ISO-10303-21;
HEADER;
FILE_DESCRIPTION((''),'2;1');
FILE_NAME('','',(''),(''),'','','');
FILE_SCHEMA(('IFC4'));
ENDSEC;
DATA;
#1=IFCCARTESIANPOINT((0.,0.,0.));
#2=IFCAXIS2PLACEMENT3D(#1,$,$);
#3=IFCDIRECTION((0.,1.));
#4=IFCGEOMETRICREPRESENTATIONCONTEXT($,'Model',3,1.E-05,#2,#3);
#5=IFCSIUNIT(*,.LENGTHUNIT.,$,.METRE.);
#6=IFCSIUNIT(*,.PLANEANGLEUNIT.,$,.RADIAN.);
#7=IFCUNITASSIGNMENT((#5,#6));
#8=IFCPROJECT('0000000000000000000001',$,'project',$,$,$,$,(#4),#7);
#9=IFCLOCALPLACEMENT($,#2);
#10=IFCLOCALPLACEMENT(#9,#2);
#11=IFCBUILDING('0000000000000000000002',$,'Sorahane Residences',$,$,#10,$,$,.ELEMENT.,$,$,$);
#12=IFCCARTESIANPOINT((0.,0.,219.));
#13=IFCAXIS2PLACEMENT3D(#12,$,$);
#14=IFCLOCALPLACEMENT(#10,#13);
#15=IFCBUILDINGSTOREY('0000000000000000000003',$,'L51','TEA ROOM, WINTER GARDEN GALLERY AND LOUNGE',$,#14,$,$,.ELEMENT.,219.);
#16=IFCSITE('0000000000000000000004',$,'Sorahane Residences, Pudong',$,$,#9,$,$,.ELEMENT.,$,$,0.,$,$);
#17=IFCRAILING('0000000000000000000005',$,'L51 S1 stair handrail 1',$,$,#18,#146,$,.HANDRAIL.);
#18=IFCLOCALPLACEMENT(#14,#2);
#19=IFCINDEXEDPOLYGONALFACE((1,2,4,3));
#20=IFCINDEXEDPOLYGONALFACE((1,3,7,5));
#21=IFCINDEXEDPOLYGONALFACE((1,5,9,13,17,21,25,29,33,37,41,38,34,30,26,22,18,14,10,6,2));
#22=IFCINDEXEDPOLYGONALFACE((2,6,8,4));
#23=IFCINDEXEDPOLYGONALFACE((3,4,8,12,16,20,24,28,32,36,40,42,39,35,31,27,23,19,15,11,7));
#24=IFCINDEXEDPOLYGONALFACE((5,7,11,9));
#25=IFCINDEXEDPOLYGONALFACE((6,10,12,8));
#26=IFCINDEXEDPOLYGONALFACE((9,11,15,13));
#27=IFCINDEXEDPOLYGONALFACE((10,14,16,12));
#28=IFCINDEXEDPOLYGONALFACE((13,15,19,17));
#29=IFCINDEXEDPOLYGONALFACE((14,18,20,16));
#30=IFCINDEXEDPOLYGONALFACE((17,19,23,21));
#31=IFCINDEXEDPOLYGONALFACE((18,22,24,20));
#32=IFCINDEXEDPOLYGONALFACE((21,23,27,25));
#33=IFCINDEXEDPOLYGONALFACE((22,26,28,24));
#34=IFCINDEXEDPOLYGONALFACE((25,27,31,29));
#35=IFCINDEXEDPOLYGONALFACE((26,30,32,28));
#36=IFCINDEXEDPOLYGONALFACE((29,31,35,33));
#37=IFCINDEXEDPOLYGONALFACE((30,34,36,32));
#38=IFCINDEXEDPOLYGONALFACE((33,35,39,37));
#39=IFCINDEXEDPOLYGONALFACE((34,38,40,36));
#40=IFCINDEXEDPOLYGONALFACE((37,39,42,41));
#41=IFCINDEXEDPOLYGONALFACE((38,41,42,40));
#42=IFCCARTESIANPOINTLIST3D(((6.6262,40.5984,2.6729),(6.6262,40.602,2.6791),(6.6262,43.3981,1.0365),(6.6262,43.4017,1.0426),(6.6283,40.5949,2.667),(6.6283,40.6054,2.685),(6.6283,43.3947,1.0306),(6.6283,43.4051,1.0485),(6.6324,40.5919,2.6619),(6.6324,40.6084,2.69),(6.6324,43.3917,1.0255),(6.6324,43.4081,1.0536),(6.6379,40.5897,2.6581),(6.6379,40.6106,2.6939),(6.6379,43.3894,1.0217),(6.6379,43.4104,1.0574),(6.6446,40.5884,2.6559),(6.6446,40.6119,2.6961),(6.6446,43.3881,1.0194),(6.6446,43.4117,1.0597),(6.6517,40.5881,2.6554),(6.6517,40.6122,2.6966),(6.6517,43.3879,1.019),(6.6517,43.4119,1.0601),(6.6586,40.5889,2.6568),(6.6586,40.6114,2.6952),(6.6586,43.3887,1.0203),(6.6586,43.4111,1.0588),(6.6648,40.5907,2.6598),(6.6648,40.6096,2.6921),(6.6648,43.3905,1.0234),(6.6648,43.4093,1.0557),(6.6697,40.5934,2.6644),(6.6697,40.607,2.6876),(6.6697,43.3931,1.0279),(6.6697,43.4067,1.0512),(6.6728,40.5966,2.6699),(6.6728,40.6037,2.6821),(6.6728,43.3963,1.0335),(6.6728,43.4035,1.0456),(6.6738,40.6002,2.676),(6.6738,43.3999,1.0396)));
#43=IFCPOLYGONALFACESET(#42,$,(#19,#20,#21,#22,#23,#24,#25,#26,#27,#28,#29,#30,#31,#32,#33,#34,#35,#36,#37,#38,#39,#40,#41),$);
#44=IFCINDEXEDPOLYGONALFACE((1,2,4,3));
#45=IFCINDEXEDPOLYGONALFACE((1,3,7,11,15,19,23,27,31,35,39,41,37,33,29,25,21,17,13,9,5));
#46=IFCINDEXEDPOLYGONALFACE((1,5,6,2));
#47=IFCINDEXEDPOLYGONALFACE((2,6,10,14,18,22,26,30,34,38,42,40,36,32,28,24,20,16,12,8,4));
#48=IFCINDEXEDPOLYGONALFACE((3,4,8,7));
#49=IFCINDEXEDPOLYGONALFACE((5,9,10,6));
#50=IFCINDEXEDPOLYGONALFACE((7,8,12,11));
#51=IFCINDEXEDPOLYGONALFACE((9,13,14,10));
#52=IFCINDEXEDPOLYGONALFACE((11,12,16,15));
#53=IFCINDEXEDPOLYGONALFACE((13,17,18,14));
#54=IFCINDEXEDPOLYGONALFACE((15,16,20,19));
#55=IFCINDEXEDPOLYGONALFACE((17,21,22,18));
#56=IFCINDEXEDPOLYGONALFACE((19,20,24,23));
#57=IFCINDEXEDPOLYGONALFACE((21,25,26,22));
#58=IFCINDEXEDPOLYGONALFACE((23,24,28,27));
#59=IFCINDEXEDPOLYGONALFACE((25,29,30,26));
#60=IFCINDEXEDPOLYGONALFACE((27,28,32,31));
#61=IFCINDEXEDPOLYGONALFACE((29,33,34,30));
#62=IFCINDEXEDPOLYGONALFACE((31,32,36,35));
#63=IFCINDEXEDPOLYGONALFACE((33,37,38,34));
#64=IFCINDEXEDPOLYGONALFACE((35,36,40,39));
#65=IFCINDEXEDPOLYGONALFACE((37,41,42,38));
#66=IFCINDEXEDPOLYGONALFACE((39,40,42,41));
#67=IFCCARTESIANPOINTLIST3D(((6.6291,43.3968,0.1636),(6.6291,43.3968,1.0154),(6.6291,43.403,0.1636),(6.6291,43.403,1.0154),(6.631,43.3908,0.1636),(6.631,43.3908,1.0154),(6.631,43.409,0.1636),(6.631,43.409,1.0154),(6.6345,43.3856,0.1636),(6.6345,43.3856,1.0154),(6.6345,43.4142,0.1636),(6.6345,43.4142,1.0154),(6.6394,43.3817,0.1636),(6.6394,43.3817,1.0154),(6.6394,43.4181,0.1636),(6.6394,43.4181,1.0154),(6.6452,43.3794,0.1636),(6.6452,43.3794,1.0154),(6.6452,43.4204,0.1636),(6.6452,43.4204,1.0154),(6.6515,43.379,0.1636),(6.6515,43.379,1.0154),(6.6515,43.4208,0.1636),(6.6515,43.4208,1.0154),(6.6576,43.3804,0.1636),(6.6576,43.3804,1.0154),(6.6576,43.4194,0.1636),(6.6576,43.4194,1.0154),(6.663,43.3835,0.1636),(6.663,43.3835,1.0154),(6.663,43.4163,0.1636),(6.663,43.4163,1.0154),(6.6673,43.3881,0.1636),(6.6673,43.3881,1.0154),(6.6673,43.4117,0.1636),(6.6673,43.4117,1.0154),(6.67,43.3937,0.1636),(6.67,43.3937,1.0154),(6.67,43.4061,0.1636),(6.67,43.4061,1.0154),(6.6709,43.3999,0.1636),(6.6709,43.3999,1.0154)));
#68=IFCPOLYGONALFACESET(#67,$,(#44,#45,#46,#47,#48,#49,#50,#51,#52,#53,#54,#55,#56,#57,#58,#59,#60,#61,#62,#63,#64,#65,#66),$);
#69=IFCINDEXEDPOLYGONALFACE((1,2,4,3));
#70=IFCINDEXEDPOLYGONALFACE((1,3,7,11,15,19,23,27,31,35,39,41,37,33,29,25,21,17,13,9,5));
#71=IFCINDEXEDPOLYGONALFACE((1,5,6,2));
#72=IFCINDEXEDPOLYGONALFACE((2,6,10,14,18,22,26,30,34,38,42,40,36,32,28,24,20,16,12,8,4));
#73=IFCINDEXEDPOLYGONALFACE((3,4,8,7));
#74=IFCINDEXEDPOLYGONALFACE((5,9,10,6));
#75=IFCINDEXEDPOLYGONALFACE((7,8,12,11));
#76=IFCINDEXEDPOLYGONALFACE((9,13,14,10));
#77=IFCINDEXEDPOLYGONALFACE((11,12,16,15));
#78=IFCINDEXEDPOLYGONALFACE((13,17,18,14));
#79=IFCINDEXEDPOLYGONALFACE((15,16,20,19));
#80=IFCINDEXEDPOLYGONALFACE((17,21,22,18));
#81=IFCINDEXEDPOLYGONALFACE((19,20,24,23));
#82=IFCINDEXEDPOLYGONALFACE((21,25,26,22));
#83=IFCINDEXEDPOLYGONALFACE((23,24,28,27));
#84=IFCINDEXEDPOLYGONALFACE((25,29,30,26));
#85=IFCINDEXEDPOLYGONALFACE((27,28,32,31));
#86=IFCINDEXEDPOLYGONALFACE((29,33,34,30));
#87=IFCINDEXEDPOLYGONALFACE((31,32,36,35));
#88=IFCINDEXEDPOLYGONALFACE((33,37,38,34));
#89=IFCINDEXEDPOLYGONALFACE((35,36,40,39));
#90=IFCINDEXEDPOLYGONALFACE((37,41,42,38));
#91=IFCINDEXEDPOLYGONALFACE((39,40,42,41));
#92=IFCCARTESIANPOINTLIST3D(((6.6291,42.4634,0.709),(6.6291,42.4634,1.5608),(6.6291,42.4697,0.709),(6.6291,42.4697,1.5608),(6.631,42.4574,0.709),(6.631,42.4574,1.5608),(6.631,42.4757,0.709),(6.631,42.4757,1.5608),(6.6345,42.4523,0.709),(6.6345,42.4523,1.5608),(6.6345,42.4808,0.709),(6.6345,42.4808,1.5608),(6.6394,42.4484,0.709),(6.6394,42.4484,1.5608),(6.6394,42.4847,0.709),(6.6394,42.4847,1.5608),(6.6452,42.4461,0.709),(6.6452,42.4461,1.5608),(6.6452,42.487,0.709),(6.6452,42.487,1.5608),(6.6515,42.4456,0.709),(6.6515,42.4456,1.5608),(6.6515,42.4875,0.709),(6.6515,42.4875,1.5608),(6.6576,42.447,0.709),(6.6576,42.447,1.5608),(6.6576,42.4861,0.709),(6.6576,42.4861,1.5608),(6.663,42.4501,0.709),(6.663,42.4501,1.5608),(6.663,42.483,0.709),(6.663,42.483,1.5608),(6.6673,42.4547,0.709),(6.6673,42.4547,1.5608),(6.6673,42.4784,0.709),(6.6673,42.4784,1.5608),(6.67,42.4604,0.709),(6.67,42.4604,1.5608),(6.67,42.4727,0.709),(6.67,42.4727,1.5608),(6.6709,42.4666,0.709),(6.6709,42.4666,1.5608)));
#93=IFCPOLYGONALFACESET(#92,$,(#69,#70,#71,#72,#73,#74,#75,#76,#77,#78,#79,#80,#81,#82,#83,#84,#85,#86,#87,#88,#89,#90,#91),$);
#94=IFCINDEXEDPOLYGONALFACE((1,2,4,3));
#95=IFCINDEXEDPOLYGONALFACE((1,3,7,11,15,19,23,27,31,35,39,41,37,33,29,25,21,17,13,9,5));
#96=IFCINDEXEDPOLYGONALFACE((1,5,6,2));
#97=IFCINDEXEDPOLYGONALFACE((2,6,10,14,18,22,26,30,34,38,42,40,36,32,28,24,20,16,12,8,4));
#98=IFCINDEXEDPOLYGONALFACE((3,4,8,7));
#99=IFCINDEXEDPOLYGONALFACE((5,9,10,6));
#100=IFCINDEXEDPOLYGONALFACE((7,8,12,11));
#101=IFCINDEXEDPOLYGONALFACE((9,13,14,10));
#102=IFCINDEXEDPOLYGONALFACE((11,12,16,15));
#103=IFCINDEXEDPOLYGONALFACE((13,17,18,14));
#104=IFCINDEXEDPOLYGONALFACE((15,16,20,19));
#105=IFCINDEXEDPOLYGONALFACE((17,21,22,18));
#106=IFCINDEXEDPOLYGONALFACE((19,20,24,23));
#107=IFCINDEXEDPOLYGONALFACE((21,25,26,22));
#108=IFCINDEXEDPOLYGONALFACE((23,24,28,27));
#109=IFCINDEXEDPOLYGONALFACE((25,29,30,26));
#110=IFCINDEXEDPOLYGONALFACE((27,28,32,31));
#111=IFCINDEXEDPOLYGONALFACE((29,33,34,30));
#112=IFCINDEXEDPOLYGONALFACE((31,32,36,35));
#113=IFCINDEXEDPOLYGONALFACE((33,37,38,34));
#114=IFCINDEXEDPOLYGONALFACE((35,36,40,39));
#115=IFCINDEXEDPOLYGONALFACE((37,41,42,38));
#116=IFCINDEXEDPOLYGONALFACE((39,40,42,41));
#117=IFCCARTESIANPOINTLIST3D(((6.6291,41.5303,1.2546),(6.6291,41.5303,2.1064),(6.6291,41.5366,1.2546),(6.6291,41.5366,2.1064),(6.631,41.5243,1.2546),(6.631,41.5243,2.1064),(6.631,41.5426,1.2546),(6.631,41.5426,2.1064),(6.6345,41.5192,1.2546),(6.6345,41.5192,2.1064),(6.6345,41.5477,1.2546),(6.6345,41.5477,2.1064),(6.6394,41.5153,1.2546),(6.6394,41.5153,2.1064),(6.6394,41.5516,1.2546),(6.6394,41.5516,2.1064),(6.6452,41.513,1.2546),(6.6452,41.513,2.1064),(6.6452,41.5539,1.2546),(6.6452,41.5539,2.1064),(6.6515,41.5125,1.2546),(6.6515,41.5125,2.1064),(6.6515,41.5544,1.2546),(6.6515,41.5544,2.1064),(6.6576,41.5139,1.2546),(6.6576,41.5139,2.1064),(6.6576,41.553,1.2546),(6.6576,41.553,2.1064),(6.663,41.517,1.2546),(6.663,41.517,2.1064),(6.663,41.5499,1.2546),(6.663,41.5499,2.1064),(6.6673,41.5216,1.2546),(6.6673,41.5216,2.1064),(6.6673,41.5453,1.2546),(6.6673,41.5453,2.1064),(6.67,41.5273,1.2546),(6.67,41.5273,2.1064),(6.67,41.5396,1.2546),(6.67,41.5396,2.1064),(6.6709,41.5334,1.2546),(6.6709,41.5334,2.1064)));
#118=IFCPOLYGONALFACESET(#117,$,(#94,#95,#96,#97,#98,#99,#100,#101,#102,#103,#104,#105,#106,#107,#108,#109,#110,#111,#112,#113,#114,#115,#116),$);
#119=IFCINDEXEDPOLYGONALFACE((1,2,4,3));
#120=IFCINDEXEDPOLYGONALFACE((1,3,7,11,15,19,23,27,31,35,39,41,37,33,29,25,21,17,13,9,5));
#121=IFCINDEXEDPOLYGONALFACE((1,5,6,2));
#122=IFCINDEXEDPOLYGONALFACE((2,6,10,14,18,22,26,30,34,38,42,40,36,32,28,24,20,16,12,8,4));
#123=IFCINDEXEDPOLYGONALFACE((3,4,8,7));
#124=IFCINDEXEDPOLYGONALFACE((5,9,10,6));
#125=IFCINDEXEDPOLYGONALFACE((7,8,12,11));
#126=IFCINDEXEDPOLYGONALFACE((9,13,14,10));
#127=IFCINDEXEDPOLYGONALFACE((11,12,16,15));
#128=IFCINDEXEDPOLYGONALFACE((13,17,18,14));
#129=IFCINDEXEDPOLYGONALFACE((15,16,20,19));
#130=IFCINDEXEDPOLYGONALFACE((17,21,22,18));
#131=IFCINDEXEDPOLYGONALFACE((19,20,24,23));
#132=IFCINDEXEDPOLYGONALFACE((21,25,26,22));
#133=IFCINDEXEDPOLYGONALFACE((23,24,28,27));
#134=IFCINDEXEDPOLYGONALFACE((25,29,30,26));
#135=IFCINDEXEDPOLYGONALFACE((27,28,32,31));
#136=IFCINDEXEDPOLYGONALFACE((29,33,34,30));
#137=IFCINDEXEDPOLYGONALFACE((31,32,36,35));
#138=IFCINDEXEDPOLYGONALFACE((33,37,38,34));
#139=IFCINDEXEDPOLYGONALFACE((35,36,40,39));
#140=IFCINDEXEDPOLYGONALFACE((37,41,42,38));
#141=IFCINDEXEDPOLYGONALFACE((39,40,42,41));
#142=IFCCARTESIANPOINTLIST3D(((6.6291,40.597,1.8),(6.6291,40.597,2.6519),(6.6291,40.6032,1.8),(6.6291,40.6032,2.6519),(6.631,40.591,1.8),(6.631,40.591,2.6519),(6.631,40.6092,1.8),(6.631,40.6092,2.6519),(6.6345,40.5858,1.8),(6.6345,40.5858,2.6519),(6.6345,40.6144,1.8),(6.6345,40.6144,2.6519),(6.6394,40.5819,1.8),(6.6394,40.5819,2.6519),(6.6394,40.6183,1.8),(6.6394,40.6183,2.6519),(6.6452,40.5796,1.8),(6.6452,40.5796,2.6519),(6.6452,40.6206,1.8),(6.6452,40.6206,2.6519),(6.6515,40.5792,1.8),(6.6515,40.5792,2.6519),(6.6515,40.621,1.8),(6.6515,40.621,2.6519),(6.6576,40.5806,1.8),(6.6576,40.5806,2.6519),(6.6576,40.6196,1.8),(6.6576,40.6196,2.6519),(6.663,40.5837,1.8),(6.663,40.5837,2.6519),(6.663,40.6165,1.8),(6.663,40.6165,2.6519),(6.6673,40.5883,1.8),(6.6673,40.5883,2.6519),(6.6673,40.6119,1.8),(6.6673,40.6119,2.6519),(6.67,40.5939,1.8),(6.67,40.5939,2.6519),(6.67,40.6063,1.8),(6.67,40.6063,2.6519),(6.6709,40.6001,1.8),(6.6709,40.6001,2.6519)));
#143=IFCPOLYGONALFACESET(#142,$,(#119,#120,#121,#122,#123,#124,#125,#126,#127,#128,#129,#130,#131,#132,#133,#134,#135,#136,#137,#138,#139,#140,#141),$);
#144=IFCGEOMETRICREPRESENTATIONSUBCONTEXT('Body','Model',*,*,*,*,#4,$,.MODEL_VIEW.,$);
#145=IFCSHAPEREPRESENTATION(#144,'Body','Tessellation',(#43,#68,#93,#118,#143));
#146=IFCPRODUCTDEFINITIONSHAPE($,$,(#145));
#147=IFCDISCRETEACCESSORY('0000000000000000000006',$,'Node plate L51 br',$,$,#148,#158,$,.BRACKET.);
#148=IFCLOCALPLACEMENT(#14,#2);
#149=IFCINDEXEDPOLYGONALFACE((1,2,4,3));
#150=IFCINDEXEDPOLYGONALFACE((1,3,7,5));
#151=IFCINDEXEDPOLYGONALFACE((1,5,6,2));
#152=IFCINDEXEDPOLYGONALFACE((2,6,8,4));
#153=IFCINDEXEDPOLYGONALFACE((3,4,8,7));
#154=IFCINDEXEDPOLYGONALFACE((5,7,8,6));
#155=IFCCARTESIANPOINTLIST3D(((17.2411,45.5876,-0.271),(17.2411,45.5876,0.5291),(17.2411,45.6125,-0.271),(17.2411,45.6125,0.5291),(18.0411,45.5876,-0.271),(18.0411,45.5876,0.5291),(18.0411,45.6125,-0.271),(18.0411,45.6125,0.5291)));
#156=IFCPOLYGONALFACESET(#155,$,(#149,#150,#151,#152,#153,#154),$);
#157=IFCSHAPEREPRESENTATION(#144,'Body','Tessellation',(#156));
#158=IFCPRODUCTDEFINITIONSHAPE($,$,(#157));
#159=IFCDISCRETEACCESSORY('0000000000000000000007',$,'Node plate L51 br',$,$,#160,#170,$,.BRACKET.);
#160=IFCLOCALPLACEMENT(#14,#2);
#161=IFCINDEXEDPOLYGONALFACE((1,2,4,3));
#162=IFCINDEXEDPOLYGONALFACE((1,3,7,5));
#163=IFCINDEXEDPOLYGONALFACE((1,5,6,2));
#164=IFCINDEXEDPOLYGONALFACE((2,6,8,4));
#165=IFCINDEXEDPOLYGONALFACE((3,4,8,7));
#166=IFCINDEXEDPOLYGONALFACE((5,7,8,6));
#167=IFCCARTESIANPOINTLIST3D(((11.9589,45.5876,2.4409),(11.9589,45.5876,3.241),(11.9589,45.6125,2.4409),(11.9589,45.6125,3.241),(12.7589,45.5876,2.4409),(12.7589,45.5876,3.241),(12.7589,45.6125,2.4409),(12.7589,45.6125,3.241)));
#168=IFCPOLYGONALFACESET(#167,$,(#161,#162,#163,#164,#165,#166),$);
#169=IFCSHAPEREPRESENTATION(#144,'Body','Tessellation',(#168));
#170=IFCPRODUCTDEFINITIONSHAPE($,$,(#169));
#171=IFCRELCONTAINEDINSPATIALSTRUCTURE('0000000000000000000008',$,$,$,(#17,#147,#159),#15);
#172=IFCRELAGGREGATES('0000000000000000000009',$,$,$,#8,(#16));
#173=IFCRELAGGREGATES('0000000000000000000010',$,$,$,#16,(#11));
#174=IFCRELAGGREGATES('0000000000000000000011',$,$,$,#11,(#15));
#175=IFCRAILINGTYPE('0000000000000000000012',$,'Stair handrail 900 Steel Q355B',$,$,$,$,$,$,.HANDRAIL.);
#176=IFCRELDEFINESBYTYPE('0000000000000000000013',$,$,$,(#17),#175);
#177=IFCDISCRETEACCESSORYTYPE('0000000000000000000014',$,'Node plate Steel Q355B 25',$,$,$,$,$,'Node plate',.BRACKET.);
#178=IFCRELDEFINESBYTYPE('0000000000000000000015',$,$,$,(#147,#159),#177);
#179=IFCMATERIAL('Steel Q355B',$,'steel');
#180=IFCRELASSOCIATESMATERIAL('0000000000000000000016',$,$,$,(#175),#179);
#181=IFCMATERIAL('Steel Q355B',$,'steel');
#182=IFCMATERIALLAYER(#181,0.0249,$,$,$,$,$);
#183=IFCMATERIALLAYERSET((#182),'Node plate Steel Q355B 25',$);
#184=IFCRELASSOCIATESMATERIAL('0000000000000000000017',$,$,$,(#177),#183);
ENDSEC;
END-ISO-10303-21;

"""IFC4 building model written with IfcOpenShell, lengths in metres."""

from ifc_helpers import new_model, si_unit, direction, frame, origin, origin_2d, place, context, subcontext, project, spatial, rectangle, circle, extrude, material, layer, layer_set, type_object, element, save


model = new_model("IFC4")

# Units and contexts
model_context = context("Model", 3, precision=1e-05, world=origin(), true_north=direction((0.0, 1.0)))
body_context = subcontext(model_context, "Body", "Model", "MODEL_VIEW")
ifc_project = project(units=[si_unit("LENGTHUNIT", "METRE"), si_unit("PLANEANGLEUNIT", "RADIAN")], contexts=[model_context])

# Site, building, storey
site_placement = place(None, origin())
site = spatial("IfcSite", under=ifc_project, at=site_placement, Name="Sorahane Residences, Pudong", CompositionType="ELEMENT", RefElevation=0.0)
building_placement = place(site_placement, origin())
building = spatial("IfcBuilding", under=site, at=building_placement, Name="Sorahane Residences", CompositionType="ELEMENT")
storey_placement = place(building_placement, frame((0.0, 0.0, 219.0)))
storey = spatial("IfcBuildingStorey", under=building, at=storey_placement, Name="L51", Description="TEA ROOM, WINTER GARDEN GALLERY AND LOUNGE", CompositionType="ELEMENT", Elevation=219.0)

# Railing
ifc_material_1 = material(Name="Steel Q355B", Category="steel")
railing_type_1 = type_object("IfcRailingType", Name="Stair handrail 900 Steel Q355B", PredefinedType="HANDRAIL", material=ifc_material_1)
railing_1_placement = place(storey_placement, frame((6.6499, 43.3999, 0.1636)))
element("IfcRailing", 1, at=railing_1_placement, inside=storey, type_object=railing_type_1, Name="L51 S1 stair handrail 1", PredefinedType="HANDRAIL", context=body_context, shape_type="SweptSolid", body=[
    extrude(circle(Radius=0.0239, at=origin_2d()), frame((0.0, 0.0, 0.876), z_axis=(0.0, -0.863342, 0.50462), x_axis=(1.0, 0.0, 0.0)), (0.0, 0.0, 1.0), 3.2429),
    extrude(circle(Radius=0.021, at=origin_2d()), origin(), (0.0, 0.0, 1.0), 0.8518),
    extrude(circle(Radius=0.021, at=origin_2d()), frame((0.0, -0.9333, 0.5454)), (0.0, 0.0, 1.0), 0.8518),
    extrude(circle(Radius=0.021, at=origin_2d()), frame((0.0, -1.8665, 1.0911)), (0.0, 0.0, 1.0), 0.8518),
    extrude(circle(Radius=0.021, at=origin_2d()), frame((0.0, -2.7998, 1.6365)), (0.0, 0.0, 1.0), 0.8518),
])

# Discrete accessories
ifc_material_2 = material(Name="Steel Q355B", Category="steel")
ifc_layer_1 = layer(ifc_material_2, 0.0249)
ifc_layer_set_1 = layer_set([ifc_layer_1], Name="Node plate Steel Q355B 25")
discrete_accessory_type = type_object("IfcDiscreteAccessoryType", Name="Node plate Steel Q355B 25", ElementType="Node plate", PredefinedType="BRACKET", material=ifc_layer_set_1)
for number, where, z_axis, x_axis, name in (
    (2, (17.6411, 45.6001, -0.271), (0.0, 0.0, 1.0), (1.0, 0.0, 0.0), "Node plate L51 br"),
    (3, (12.3589, 45.6001, 2.4409), (0.0, 0.0, 1.0), (1.0, 0.0, 0.0), "Node plate L51 br"),
):
    element("IfcDiscreteAccessory", number, at=place(storey_placement, frame(where, z_axis=z_axis, x_axis=x_axis)), inside=storey, type_object=discrete_accessory_type, Name=name, PredefinedType="BRACKET", context=body_context, shape_type="SweptSolid", body=[
        extrude(rectangle(XDim=0.8, YDim=0.0249, at=origin_2d()), origin(), (0.0, 0.0, 1.0), 0.8),
    ])

save(model, "model.ifc")
